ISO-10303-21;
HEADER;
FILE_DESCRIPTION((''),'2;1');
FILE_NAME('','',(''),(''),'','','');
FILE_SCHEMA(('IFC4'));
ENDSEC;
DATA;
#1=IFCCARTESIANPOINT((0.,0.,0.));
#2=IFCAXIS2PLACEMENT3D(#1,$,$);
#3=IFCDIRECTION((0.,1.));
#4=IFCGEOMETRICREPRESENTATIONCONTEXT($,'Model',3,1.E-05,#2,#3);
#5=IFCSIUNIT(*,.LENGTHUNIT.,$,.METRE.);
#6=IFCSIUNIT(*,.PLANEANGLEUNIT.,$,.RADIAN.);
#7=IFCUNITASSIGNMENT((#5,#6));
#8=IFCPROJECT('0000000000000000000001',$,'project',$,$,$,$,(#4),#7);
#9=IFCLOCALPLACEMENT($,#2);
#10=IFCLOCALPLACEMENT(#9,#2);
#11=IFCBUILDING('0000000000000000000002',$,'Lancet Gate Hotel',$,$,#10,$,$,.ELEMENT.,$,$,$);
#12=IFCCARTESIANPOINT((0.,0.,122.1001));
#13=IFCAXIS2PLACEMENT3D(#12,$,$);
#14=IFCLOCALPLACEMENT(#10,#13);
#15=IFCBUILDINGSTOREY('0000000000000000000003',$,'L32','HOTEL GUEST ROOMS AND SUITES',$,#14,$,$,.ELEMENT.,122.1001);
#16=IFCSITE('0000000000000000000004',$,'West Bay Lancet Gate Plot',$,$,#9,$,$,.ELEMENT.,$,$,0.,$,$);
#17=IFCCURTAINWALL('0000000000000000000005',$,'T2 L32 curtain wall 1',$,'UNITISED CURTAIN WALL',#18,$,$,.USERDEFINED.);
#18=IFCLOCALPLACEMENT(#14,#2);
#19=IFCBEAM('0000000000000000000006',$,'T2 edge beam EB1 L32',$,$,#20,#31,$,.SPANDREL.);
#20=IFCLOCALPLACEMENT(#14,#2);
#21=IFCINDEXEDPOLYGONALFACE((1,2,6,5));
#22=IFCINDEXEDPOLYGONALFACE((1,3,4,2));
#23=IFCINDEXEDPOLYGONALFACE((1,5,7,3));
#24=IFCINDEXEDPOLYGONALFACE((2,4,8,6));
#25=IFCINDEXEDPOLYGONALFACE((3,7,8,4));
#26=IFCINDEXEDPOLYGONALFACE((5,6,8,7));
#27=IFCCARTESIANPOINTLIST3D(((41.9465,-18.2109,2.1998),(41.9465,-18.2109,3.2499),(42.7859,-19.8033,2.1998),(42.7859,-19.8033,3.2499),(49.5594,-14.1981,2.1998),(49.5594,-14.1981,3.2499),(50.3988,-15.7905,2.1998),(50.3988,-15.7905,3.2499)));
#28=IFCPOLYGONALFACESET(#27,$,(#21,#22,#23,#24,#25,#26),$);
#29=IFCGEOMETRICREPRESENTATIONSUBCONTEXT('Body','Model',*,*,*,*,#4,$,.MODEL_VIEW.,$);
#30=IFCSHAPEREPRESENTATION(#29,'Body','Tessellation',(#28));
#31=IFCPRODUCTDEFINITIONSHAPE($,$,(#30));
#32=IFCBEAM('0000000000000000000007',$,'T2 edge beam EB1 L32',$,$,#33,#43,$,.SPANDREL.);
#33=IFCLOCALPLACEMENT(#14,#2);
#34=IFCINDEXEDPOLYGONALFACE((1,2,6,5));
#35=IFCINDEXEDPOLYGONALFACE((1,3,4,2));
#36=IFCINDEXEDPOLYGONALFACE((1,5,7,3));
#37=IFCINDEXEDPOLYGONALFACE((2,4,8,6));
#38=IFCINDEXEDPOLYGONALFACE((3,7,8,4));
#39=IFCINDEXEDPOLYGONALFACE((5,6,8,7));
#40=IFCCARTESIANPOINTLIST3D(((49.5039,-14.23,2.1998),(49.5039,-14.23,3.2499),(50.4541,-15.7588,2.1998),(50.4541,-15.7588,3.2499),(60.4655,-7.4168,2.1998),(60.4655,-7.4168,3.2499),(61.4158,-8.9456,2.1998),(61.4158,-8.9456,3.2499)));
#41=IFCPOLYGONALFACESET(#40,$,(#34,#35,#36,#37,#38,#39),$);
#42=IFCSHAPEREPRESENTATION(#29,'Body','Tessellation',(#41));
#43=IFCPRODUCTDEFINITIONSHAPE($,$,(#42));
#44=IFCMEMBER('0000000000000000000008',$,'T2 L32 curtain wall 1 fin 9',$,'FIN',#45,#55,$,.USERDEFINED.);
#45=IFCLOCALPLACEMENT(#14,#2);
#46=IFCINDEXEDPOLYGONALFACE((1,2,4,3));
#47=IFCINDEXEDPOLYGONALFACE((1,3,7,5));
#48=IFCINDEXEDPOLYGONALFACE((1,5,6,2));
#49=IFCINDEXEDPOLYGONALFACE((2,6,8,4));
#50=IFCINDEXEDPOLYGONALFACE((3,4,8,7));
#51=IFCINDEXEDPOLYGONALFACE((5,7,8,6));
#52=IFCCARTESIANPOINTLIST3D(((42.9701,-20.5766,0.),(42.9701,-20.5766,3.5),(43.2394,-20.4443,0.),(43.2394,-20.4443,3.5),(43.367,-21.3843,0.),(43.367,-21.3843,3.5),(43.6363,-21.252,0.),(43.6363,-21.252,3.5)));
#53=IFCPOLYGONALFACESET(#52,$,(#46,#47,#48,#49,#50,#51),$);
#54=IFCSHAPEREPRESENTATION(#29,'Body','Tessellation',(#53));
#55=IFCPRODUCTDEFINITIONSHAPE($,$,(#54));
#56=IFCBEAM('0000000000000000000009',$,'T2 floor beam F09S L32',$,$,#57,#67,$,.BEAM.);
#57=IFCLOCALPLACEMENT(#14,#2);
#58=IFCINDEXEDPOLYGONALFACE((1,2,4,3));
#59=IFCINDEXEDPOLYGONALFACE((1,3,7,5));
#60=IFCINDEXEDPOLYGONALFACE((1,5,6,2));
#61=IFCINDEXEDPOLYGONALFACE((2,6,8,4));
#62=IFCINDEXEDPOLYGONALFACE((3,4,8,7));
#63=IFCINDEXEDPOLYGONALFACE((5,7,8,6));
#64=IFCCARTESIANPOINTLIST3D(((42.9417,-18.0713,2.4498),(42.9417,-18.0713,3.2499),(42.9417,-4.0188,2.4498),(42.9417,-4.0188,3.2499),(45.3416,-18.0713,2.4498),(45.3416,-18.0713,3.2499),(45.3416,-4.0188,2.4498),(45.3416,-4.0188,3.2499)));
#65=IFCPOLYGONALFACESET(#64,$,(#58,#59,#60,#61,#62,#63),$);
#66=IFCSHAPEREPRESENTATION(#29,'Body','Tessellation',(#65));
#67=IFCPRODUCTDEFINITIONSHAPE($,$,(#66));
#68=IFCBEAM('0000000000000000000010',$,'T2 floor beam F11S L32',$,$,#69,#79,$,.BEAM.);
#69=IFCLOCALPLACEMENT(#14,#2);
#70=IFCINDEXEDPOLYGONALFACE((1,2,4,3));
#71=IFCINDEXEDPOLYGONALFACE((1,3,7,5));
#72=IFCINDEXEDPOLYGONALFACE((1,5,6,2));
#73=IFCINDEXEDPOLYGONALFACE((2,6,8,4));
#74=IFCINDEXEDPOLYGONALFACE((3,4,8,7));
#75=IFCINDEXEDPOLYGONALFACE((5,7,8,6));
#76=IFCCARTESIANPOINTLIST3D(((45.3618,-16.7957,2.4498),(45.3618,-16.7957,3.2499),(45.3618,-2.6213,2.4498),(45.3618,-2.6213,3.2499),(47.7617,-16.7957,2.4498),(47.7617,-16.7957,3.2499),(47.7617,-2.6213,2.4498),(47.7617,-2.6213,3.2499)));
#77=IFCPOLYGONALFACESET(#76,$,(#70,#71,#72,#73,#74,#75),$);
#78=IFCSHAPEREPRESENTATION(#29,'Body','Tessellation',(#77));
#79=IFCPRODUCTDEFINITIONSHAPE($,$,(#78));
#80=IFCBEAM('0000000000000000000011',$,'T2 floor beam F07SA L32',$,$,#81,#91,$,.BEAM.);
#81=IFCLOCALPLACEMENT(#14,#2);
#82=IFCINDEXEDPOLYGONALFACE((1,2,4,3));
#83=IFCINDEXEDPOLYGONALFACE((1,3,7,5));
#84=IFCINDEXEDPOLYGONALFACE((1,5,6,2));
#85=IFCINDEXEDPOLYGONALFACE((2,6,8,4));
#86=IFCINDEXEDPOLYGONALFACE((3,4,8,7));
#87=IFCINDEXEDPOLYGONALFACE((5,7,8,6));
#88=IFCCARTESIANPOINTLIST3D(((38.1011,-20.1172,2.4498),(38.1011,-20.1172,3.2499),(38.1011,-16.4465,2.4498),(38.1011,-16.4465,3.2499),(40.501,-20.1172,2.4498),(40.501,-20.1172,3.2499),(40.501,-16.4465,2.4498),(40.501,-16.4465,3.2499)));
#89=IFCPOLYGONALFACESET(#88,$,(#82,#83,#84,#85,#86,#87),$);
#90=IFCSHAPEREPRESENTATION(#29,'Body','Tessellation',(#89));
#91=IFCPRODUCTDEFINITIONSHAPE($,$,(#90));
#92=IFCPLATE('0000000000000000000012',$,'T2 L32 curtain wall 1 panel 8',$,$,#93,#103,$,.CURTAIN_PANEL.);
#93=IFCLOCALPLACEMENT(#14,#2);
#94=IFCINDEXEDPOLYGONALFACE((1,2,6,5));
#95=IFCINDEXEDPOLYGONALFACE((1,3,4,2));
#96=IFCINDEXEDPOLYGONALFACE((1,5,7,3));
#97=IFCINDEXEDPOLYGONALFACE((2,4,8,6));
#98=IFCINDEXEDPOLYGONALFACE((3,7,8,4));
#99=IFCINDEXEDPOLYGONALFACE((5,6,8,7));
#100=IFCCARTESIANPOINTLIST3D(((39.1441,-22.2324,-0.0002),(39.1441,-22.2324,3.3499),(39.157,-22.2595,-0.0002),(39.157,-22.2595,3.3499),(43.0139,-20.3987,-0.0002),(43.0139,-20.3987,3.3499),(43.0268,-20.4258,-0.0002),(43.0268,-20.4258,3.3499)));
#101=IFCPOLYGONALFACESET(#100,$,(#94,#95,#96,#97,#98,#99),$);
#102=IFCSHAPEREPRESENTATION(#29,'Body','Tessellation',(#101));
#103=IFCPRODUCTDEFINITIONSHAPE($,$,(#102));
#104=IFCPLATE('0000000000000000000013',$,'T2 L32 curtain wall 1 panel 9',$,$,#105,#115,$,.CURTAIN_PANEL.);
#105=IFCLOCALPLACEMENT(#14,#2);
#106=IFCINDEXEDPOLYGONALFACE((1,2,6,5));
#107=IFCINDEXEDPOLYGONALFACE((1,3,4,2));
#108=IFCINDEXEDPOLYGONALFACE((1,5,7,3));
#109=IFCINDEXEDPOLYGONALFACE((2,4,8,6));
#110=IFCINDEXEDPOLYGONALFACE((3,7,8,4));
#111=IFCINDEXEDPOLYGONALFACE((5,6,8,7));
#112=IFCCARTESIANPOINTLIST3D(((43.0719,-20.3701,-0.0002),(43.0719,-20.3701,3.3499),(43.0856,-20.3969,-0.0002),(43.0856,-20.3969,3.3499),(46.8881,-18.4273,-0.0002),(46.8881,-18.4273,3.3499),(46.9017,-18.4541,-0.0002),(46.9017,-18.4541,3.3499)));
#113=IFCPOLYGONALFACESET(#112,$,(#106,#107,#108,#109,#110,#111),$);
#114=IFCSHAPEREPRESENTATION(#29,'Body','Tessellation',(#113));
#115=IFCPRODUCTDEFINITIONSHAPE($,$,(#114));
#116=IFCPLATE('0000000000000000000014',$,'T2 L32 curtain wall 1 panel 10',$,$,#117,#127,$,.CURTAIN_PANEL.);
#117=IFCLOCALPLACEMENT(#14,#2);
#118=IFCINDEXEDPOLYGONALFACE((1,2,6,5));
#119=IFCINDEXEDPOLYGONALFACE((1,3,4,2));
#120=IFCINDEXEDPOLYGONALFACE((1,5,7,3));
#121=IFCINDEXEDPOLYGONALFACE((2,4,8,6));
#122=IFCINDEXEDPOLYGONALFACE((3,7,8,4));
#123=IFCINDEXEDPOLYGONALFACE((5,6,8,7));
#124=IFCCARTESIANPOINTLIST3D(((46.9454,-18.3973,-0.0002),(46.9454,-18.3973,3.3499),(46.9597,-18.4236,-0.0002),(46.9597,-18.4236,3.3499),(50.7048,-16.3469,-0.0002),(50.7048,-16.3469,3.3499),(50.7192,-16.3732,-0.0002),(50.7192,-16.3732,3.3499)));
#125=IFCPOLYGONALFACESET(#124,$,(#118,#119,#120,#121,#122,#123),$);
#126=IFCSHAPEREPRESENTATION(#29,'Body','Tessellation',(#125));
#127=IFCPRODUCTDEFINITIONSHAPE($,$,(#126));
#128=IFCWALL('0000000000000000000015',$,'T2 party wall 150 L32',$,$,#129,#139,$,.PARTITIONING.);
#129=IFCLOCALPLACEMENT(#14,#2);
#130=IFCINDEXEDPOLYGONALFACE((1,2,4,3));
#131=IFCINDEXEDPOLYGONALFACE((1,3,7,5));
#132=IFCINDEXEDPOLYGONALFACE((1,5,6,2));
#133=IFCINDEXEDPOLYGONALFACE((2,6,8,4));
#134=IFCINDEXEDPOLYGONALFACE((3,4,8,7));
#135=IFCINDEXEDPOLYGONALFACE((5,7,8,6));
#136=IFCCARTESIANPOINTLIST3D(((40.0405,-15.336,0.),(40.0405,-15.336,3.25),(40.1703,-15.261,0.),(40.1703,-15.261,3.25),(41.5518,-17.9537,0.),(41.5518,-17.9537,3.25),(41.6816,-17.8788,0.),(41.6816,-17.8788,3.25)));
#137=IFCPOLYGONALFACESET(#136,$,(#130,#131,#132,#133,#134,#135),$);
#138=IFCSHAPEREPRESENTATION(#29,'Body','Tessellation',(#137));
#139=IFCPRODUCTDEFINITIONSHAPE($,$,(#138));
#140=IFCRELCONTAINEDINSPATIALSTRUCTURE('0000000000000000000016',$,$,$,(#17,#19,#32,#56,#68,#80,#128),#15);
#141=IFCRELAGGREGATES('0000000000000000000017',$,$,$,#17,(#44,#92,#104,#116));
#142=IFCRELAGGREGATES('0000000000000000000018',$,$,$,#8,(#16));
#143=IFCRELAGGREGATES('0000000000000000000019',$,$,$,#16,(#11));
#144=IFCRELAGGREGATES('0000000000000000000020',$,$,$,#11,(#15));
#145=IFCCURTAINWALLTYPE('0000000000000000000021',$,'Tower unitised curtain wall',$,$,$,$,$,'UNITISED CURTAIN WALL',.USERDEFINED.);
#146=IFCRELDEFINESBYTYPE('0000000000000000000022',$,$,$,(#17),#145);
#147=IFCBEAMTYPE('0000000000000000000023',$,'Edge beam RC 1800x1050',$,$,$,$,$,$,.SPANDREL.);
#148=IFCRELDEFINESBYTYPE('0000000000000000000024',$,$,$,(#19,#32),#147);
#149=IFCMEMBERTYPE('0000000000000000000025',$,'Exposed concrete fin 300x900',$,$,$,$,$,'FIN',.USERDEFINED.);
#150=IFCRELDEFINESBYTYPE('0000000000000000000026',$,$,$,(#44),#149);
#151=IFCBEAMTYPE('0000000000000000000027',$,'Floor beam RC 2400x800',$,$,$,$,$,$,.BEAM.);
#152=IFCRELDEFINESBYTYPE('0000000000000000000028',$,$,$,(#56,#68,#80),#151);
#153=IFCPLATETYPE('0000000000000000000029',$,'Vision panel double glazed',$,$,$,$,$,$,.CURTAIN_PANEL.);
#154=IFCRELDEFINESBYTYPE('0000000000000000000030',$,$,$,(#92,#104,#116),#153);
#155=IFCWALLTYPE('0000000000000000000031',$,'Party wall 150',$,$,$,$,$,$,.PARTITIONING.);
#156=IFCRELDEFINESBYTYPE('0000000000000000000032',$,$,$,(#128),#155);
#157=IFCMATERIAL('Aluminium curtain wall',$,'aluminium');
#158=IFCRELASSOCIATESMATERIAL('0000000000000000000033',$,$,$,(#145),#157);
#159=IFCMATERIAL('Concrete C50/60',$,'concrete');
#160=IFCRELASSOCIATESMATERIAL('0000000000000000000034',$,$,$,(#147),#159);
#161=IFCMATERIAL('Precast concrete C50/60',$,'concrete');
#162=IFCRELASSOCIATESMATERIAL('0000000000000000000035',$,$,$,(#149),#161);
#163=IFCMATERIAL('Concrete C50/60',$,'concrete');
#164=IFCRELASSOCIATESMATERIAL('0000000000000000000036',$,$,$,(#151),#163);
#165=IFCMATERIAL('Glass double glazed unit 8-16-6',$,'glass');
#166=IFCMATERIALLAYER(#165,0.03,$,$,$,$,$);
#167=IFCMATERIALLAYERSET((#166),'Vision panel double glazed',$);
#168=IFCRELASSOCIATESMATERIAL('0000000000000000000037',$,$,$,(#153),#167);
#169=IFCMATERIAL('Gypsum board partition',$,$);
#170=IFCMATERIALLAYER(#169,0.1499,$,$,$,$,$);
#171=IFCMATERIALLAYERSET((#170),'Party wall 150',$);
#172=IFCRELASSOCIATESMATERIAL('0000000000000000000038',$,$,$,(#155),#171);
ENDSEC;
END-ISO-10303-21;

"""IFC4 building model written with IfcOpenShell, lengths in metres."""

from ifc_helpers import new_model, si_unit, direction, frame, frame_2d, origin, origin_2d, place, context, subcontext, project, spatial, rectangle, extrude, material, layer, layer_set, material_profile, profile_set, type_object, element, aggregate, save


model = new_model("IFC4")

# Units and contexts
model_context = context("Model", 3, precision=1e-05, world=origin(), true_north=direction((0.0, 1.0)))
body_context = subcontext(model_context, "Body", "Model", "MODEL_VIEW")
ifc_project = project(units=[si_unit("LENGTHUNIT", "METRE"), si_unit("PLANEANGLEUNIT", "RADIAN")], contexts=[model_context])

# Site, building, storey
site_placement = place(None, origin())
site = spatial("IfcSite", under=ifc_project, at=site_placement, Name="West Bay Lancet Gate Plot", CompositionType="ELEMENT", RefElevation=0.0)
building_placement = place(site_placement, origin())
building = spatial("IfcBuilding", under=site, at=building_placement, Name="Lancet Gate Hotel", CompositionType="ELEMENT")
storey_placement = place(building_placement, frame((0.0, 0.0, 122.1001)))
storey = spatial("IfcBuildingStorey", under=building, at=storey_placement, Name="L32", Description="HOTEL GUEST ROOMS AND SUITES", CompositionType="ELEMENT", Elevation=122.1001)

# Curtain wall
ifc_material_1 = material(Name="Aluminium curtain wall", Category="aluminium")
curtain_wall_type = type_object("IfcCurtainWallType", Name="Tower unitised curtain wall", ElementType="UNITISED CURTAIN WALL", PredefinedType="USERDEFINED", material=ifc_material_1)
curtain_wall_placement = place(storey_placement, origin())
curtain_wall = element("IfcCurtainWall", 1, at=curtain_wall_placement, inside=storey, type_object=curtain_wall_type, Name="T2 L32 curtain wall 1", ObjectType="UNITISED CURTAIN WALL", PredefinedType="USERDEFINED")

# Beams
ifc_material_2 = material(Name="Concrete C50/60", Category="concrete")
ifc_material_profile_1 = material_profile(ifc_material_2, rectangle(XDim=1.8, YDim=1.05, at=origin_2d()), Name="RC 1800x1050")
ifc_profile_set_1 = profile_set([ifc_material_profile_1], Name="Concrete C50/60")
beam_type_1 = type_object("IfcBeamType", Name="Edge beam RC 1800x1050", PredefinedType="SPANDREL", material=ifc_profile_set_1)
beam_1_placement = place(storey_placement, frame((42.3662, -19.0071, 2.7249), z_axis=(0.884633, 0.466289, 0.0), x_axis=(-0.466289, 0.884633, 0.0)))
element("IfcBeam", 2, at=beam_1_placement, inside=storey, type_object=beam_type_1, Name="T2 edge beam EB1 L32", PredefinedType="SPANDREL", context=body_context, shape_type="SweptSolid", body=[
    extrude(rectangle(XDim=1.8, YDim=1.05, at=origin_2d()), origin(), (0.0, 0.0, 1.0), 8.6057),
])
beam_2_placement = place(storey_placement, frame((49.979, -14.9944, 2.7249), z_axis=(0.849312, 0.527891, 0.0), x_axis=(-0.527891, 0.849312, 0.0)))
element("IfcBeam", 3, at=beam_2_placement, inside=storey, type_object=beam_type_1, Name="T2 edge beam EB1 L32", PredefinedType="SPANDREL", context=body_context, shape_type="SweptSolid", body=[
    extrude(rectangle(XDim=1.8, YDim=1.05, at=origin_2d()), origin(), (0.0, 0.0, 1.0), 12.9065),
])

# Member
ifc_material_3 = material(Name="Precast concrete C50/60", Category="concrete")
ifc_material_profile_2 = material_profile(ifc_material_3, rectangle(XDim=0.3, YDim=0.8999, at=origin_2d()), Name="FIN 300x900")
ifc_profile_set_2 = profile_set([ifc_material_profile_2], Name="Precast concrete C50/60")
member_type_1 = type_object("IfcMemberType", Name="Exposed concrete fin 300x900", ElementType="FIN", PredefinedType="USERDEFINED", material=ifc_profile_set_2)
member_1_placement = place(storey_placement, frame((43.3032, -20.9143, 0.0), z_axis=(0.0, 0.0, 1.0), x_axis=(0.897512, 0.44099, 0.0)))
member_1 = element("IfcMember", 4, at=member_1_placement, type_object=member_type_1, Name="T2 L32 curtain wall 1 fin 9", ObjectType="FIN", PredefinedType="USERDEFINED", context=body_context, shape_type="SweptSolid", body=[
    extrude(rectangle(XDim=0.3, YDim=0.8999, at=origin_2d()), origin(), (0.0, 0.0, 1.0), 3.5),
])

# Beams
ifc_material_4 = material(Name="Concrete C50/60", Category="concrete")
ifc_material_profile_3 = material_profile(ifc_material_4, rectangle(XDim=2.3999, YDim=0.8, at=origin_2d()), Name="RC 2400x800")
ifc_profile_set_3 = profile_set([ifc_material_profile_3], Name="Concrete C50/60")
beam_type_2 = type_object("IfcBeamType", Name="Floor beam RC 2400x800", PredefinedType="BEAM", material=ifc_profile_set_3)
beam_3_placement = place(storey_placement, frame((44.1416, -18.0713, 2.8499), z_axis=(0.0, 1.0, 0.0), x_axis=(-1.0, 0.0, 0.0)))
element("IfcBeam", 5, at=beam_3_placement, inside=storey, type_object=beam_type_2, Name="T2 floor beam F09S L32", PredefinedType="BEAM", context=body_context, shape_type="SweptSolid", body=[
    extrude(rectangle(XDim=2.3999, YDim=0.8, at=origin_2d()), origin(), (0.0, 0.0, 1.0), 14.0525),
])
beam_4_placement = place(storey_placement, frame((46.5618, -16.7957, 2.8499), z_axis=(0.0, 1.0, 0.0), x_axis=(-1.0, 0.0, 0.0)))
element("IfcBeam", 6, at=beam_4_placement, inside=storey, type_object=beam_type_2, Name="T2 floor beam F11S L32", PredefinedType="BEAM", context=body_context, shape_type="SweptSolid", body=[
    extrude(rectangle(XDim=2.3999, YDim=0.8, at=origin_2d()), origin(), (0.0, 0.0, 1.0), 14.1743),
])
beam_5_placement = place(storey_placement, frame((39.301, -20.1172, 2.8499), z_axis=(0.0, 1.0, 0.0), x_axis=(-1.0, 0.0, 0.0)))
element("IfcBeam", 7, at=beam_5_placement, inside=storey, type_object=beam_type_2, Name="T2 floor beam F07SA L32", PredefinedType="BEAM", context=body_context, shape_type="SweptSolid", body=[
    extrude(rectangle(XDim=2.3999, YDim=0.8, at=origin_2d()), origin(), (0.0, 0.0, 1.0), 3.6707),
])

# Plates
ifc_material_5 = material(Name="Glass double glazed unit 8-16-6", Category="glass")
ifc_layer_1 = layer(ifc_material_5, 0.03)
ifc_layer_set_1 = layer_set([ifc_layer_1], Name="Vision panel double glazed")
plate_type = type_object("IfcPlateType", Name="Vision panel double glazed", PredefinedType="CURTAIN_PANEL", material=ifc_layer_set_1)
plate_1_placement = place(storey_placement, frame((41.0854, -21.3291, -0.0002), z_axis=(0.0, 0.0, 1.0), x_axis=(0.903683, 0.428201, 0.0)))
plate_1 = element("IfcPlate", 8, at=plate_1_placement, type_object=plate_type, Name="T2 L32 curtain wall 1 panel 8", PredefinedType="CURTAIN_PANEL", context=body_context, shape_type="SweptSolid", body=[
    extrude(rectangle(XDim=4.2822, YDim=0.03, at=origin_2d()), origin(), (0.0, 0.0, 1.0), 3.3501),
])
plate_2_placement = place(storey_placement, frame((44.9868, -19.4121, -0.0002), z_axis=(0.0, 0.0, 1.0), x_axis=(0.891159, 0.45369, 0.0)))
plate_2 = element("IfcPlate", 9, at=plate_2_placement, type_object=plate_type, Name="T2 L32 curtain wall 1 panel 9", PredefinedType="CURTAIN_PANEL", context=body_context, shape_type="SweptSolid", body=[
    extrude(rectangle(XDim=4.2822, YDim=0.03, at=origin_2d()), origin(), (0.0, 0.0, 1.0), 3.3501),
])
plate_3_placement = place(storey_placement, frame((48.8323, -17.3853, -0.0002), z_axis=(0.0, 0.0, 1.0), x_axis=(0.877916, 0.478814, 0.0)))
plate_3 = element("IfcPlate", 10, at=plate_3_placement, type_object=plate_type, Name="T2 L32 curtain wall 1 panel 10", PredefinedType="CURTAIN_PANEL", context=body_context, shape_type="SweptSolid", body=[
    extrude(rectangle(XDim=4.2822, YDim=0.03, at=origin_2d()), origin(), (0.0, 0.0, 1.0), 3.3501),
])
aggregate(curtain_wall, [member_1, plate_1, plate_2, plate_3])

# Wall
ifc_material_6 = material(Name="Gypsum board partition")
ifc_layer_2 = layer(ifc_material_6, 0.1499)
ifc_layer_set_2 = layer_set([ifc_layer_2], Name="Party wall 150")
wall_type = type_object("IfcWallType", Name="Party wall 150", PredefinedType="PARTITIONING", material=ifc_layer_set_2)
wall_placement = place(storey_placement, frame((40.1055, -15.2986, 0.0), z_axis=(0.0, 0.0, 1.0), x_axis=(0.499979, -0.866038, 0.0)))
element("IfcWall", 11, at=wall_placement, inside=storey, type_object=wall_type, Name="T2 party wall 150 L32", PredefinedType="PARTITIONING", context=body_context, shape_type="SweptSolid", body=[
    extrude(rectangle(XDim=3.0227, YDim=0.1499, at=frame_2d((1.5112, 0.0))), origin(), (0.0, 0.0, 1.0), 3.25),
])

save(model, "model.ifc")
